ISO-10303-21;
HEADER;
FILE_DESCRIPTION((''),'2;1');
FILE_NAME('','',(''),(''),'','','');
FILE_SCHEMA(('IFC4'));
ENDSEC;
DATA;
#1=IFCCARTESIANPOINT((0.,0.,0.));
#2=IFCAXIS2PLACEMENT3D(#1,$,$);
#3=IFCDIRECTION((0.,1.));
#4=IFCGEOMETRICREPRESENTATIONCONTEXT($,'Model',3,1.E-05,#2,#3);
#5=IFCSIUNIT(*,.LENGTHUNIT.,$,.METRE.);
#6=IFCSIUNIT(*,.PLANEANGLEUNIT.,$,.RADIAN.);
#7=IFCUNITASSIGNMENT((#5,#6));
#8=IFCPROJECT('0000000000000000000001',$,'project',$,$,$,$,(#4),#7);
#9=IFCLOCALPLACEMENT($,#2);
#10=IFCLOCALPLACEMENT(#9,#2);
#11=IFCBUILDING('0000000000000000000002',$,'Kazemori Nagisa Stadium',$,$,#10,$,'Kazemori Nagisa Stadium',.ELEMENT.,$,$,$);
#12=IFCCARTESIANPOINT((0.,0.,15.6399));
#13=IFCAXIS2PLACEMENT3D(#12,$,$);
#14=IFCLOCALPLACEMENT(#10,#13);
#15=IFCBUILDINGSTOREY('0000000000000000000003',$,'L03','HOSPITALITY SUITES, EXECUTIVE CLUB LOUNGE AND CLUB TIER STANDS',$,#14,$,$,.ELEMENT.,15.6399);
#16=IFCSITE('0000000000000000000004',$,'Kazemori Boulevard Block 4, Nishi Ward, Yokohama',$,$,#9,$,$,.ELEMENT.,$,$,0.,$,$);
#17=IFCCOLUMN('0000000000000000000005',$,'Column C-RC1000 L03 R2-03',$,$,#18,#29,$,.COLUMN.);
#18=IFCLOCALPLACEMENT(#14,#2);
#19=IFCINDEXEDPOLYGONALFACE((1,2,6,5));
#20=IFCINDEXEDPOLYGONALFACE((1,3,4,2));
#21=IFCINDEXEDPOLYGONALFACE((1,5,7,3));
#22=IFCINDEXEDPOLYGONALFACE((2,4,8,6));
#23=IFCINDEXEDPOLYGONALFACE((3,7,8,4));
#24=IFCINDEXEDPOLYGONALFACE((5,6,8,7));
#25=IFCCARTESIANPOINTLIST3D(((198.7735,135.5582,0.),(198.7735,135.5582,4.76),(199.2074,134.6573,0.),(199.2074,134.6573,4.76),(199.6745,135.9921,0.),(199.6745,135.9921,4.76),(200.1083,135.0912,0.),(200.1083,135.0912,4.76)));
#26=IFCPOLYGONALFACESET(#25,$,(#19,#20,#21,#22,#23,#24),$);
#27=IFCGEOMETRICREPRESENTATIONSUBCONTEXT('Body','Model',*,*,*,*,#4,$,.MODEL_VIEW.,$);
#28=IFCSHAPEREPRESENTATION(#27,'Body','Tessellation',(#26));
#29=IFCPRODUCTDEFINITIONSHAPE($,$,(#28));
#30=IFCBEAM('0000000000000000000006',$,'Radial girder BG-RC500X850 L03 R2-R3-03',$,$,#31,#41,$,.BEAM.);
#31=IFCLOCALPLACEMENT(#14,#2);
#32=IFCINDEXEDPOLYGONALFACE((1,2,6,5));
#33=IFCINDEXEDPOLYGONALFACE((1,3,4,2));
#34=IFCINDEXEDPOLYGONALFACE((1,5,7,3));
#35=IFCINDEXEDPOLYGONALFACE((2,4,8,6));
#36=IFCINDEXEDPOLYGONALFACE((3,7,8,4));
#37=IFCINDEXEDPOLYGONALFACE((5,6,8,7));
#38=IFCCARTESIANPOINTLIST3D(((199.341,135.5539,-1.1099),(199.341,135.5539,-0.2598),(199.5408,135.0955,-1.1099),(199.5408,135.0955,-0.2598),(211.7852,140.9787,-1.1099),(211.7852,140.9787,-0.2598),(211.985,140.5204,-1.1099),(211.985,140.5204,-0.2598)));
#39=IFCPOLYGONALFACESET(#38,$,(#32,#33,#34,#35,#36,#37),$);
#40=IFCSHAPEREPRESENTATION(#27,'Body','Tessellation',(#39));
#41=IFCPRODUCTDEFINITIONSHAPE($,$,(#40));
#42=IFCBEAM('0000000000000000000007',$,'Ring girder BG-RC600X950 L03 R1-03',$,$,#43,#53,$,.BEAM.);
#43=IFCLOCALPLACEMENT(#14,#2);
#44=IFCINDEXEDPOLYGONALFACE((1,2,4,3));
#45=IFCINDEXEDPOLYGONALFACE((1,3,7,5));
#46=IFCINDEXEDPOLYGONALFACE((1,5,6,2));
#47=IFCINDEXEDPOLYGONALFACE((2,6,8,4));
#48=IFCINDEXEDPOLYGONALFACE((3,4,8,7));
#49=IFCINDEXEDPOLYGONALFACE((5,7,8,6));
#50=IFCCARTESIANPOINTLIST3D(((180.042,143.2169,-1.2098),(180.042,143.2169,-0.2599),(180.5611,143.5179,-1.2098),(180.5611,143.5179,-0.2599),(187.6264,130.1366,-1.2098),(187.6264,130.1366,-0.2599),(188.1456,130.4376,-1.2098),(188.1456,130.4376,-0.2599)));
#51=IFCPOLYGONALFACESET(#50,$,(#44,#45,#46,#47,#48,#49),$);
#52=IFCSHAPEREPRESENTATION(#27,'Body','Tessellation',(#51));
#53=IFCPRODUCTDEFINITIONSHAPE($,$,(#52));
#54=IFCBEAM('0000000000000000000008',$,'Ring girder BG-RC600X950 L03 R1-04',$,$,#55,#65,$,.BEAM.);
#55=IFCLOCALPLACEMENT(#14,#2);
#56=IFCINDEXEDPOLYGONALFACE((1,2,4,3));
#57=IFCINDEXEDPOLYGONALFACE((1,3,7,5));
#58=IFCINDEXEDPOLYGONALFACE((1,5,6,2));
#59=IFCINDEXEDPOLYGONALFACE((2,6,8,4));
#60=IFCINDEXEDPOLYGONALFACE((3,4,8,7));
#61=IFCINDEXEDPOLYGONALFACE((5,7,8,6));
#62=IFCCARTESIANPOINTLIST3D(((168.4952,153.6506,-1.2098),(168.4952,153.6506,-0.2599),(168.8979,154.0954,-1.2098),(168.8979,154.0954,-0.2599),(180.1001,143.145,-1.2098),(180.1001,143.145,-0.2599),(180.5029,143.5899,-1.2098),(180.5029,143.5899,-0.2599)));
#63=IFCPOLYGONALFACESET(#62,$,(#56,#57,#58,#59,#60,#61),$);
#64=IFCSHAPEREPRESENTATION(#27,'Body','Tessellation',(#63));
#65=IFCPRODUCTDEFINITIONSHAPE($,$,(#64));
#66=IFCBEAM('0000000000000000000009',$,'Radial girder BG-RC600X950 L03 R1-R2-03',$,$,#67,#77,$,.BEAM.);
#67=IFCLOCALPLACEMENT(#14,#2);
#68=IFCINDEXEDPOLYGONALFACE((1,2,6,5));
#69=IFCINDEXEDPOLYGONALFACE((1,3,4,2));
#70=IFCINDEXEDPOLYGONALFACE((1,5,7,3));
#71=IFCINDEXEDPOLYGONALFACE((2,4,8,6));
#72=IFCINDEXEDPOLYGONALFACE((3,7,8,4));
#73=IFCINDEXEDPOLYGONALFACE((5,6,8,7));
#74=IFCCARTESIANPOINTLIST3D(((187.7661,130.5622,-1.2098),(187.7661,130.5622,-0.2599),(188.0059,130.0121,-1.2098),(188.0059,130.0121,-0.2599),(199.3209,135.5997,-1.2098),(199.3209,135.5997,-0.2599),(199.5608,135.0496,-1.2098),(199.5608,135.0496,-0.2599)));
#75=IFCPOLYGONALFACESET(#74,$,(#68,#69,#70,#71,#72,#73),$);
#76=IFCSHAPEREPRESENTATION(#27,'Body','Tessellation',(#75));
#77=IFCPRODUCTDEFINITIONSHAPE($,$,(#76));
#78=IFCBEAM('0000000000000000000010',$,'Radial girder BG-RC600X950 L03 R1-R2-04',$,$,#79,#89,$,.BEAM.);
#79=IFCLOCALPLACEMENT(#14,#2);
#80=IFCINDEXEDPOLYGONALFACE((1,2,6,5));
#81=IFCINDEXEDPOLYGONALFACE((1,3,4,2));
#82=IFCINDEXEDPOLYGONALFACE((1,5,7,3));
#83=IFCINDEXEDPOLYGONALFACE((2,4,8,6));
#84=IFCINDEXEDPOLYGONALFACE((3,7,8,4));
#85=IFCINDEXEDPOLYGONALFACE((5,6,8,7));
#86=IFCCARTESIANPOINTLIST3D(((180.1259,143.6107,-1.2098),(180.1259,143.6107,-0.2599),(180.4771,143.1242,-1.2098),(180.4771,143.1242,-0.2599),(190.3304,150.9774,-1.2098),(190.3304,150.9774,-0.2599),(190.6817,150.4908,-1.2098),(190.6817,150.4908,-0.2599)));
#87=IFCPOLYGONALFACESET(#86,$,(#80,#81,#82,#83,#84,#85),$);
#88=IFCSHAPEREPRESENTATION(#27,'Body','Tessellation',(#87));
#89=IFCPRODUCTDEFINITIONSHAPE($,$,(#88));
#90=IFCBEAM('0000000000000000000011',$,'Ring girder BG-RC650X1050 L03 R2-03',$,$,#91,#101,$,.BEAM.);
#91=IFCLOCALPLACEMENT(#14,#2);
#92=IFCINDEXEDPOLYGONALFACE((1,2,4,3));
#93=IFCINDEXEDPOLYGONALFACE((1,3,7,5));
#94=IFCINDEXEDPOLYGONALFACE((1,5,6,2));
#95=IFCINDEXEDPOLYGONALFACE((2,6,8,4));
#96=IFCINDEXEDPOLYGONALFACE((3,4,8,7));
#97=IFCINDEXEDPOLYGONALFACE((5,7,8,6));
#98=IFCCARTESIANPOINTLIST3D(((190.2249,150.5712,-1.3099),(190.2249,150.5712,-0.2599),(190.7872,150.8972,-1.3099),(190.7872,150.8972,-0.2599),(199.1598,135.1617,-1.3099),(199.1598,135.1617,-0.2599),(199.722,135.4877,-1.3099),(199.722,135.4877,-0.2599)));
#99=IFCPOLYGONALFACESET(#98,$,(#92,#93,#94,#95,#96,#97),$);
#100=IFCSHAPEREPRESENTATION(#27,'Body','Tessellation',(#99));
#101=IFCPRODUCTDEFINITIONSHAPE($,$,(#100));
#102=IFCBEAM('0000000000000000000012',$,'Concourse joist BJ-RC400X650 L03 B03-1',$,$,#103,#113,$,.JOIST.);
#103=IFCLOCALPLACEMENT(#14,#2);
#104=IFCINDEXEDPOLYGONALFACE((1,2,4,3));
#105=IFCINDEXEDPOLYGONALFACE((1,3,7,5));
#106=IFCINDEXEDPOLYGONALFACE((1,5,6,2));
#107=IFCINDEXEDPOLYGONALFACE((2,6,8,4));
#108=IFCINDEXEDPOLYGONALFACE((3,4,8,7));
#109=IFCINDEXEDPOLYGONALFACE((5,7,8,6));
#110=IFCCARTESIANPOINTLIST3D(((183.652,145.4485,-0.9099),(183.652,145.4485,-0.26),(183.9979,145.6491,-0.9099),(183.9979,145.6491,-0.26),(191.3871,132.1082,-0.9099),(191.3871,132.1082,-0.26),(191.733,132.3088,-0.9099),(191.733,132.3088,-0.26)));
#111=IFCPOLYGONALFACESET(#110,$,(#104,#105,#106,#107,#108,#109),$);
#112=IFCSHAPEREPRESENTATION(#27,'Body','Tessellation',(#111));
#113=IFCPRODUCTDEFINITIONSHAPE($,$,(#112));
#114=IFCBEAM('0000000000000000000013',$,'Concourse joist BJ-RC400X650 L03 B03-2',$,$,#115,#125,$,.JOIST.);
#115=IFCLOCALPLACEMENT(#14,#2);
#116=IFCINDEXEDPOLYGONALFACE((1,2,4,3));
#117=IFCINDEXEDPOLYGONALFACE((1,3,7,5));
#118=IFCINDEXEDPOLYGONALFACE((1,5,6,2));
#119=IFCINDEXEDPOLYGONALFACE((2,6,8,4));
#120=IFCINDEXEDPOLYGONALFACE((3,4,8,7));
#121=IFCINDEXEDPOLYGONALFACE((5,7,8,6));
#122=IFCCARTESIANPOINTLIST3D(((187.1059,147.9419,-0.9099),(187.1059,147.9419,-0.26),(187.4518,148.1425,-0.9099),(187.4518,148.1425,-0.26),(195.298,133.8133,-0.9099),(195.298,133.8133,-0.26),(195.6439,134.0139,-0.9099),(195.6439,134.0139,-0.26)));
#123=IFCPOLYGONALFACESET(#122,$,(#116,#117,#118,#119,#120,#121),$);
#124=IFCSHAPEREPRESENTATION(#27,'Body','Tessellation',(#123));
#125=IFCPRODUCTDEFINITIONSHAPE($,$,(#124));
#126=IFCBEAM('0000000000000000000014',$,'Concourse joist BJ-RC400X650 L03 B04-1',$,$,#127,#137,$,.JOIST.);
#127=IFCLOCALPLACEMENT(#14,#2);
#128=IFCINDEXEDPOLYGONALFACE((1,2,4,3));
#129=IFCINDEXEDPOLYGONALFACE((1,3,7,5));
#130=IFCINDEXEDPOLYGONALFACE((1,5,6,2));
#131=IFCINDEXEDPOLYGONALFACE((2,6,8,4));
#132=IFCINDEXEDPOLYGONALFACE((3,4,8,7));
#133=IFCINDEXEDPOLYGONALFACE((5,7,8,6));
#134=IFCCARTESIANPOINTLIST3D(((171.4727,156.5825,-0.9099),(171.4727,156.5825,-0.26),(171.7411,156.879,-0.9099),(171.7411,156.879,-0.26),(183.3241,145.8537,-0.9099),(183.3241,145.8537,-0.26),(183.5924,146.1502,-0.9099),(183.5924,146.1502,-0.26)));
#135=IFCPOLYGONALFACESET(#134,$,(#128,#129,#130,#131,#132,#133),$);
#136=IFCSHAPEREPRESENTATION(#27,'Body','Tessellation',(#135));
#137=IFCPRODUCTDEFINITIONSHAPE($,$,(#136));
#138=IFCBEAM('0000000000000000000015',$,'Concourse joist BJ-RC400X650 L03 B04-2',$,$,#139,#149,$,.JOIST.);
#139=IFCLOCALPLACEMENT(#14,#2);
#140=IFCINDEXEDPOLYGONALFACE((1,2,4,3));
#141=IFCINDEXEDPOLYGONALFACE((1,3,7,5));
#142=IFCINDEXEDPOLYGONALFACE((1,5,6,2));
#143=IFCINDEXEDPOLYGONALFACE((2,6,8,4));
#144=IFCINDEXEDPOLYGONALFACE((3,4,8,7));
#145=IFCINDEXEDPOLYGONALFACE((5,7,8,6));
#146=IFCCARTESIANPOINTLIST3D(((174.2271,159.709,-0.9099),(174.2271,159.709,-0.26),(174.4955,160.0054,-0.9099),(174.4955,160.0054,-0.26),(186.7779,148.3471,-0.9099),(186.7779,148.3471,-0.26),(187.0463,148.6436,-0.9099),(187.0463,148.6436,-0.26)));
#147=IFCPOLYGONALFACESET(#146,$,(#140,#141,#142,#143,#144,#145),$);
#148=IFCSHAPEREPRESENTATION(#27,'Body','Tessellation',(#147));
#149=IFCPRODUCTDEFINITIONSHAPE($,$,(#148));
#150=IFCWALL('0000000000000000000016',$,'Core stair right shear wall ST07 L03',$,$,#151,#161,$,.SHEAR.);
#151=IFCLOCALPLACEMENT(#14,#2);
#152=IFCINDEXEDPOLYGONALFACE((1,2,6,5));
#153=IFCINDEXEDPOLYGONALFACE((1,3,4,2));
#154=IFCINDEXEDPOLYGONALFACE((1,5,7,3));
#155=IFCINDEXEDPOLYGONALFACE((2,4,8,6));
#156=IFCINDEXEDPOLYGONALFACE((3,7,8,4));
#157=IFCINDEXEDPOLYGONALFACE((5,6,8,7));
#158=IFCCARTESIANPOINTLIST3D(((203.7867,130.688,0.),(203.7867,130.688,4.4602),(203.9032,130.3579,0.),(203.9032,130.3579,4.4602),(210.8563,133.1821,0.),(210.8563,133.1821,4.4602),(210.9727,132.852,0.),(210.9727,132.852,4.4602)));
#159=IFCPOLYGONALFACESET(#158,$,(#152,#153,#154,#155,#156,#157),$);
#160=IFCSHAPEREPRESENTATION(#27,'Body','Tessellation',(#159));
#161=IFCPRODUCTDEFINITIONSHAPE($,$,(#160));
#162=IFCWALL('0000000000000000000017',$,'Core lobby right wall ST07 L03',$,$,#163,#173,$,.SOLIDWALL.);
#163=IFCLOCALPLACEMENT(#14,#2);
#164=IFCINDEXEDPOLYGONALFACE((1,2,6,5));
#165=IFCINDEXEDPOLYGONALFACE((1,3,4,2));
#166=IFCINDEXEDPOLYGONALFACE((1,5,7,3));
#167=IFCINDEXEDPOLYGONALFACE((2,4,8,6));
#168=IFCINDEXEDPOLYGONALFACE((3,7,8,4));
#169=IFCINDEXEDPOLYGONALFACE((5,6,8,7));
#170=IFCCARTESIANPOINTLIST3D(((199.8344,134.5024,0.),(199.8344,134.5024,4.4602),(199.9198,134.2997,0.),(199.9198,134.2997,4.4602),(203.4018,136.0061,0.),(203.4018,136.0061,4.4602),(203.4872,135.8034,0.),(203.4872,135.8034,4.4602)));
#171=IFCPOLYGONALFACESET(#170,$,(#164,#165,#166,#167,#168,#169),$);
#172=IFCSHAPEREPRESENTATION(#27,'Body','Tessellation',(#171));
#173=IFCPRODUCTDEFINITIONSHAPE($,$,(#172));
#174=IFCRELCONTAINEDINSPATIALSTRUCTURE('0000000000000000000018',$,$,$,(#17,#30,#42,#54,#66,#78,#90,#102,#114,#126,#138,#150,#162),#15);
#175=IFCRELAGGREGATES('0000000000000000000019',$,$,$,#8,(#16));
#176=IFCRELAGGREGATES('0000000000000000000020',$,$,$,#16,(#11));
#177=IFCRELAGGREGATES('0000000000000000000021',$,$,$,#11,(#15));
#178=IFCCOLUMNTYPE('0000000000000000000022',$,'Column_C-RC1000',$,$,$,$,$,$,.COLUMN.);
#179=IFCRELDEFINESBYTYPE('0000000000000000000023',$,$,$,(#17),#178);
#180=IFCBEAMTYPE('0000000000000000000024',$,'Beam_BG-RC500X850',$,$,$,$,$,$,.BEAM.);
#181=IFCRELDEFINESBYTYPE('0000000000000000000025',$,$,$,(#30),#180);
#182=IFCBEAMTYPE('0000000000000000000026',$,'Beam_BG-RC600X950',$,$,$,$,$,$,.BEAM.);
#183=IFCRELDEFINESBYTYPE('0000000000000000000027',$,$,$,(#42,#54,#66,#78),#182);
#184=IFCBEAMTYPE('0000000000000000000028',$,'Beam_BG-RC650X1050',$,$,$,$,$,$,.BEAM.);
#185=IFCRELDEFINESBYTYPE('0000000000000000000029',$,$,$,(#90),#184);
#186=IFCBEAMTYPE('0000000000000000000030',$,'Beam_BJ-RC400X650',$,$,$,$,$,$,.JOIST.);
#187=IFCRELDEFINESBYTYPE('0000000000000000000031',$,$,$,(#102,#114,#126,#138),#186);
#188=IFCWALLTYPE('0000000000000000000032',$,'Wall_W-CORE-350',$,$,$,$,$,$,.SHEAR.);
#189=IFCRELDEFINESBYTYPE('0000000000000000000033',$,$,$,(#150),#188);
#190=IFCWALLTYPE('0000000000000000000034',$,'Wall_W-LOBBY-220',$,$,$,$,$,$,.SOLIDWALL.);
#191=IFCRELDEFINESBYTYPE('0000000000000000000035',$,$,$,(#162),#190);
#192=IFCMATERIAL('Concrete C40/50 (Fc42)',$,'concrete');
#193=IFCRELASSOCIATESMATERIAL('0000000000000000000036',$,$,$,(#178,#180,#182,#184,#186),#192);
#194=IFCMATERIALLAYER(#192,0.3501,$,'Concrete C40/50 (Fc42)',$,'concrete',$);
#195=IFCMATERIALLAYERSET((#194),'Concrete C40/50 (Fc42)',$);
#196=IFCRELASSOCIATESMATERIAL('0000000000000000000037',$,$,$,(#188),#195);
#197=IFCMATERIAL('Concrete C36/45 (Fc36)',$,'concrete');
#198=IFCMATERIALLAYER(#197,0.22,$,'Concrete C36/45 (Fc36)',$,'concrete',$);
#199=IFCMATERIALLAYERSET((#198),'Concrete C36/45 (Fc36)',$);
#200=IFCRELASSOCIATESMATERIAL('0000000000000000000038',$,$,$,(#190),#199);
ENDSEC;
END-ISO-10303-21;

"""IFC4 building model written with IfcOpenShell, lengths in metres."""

from ifc_helpers import new_model, si_unit, direction, frame, frame_2d, origin, origin_2d, place, context, subcontext, project, spatial, rectangle, extrude, material, layer, layer_set, material_profile, profile_set, type_object, element, save


model = new_model("IFC4")

# Units and contexts
model_context = context("Model", 3, precision=1e-05, world=origin(), true_north=direction((0.0, 1.0)))
body_context = subcontext(model_context, "Body", "Model", "MODEL_VIEW")
ifc_project = project(units=[si_unit("LENGTHUNIT", "METRE"), si_unit("PLANEANGLEUNIT", "RADIAN")], contexts=[model_context])

# Site, building, storey
site_placement = place(None, origin())
site = spatial("IfcSite", under=ifc_project, at=site_placement, Name="Kazemori Boulevard Block 4, Nishi Ward, Yokohama", CompositionType="ELEMENT", RefElevation=0.0)
building_placement = place(site_placement, origin())
building = spatial("IfcBuilding", under=site, at=building_placement, Name="Kazemori Nagisa Stadium", LongName="Kazemori Nagisa Stadium", CompositionType="ELEMENT")
storey_placement = place(building_placement, frame((0.0, 0.0, 15.6399)))
storey = spatial("IfcBuildingStorey", under=building, at=storey_placement, Name="L03", Description="HOSPITALITY SUITES, EXECUTIVE CLUB LOUNGE AND CLUB TIER STANDS", CompositionType="ELEMENT", Elevation=15.6399)

# Column
ifc_material_1 = material(Name="Concrete C40/50 (Fc42)", Category="concrete")
ifc_material_profile_1 = material_profile(ifc_material_1, rectangle(XDim=1.0, YDim=1.0, at=origin_2d()), Name="RC-COL-1000x1000")
ifc_profile_set_1 = profile_set([ifc_material_profile_1], Name="Concrete C40/50 (Fc42)")
column_type_1 = type_object("IfcColumnType", Name="Column_C-RC1000", PredefinedType="COLUMN", material=ifc_profile_set_1)
column_1_placement = place(storey_placement, frame((199.4409, 135.3247, 0.0), z_axis=(0.0, 0.0, 1.0), x_axis=(0.900969, 0.433884, 0.0)))
element("IfcColumn", 1, at=column_1_placement, inside=storey, type_object=column_type_1, Name="Column C-RC1000 L03 R2-03", PredefinedType="COLUMN", context=body_context, shape_type="SweptSolid", body=[
    extrude(rectangle(XDim=1.0, YDim=1.0, at=origin_2d()), origin(), (0.0, 0.0, 1.0), 4.76),
])

# Beams
ifc_material_profile_2 = material_profile(ifc_material_1, rectangle(XDim=0.5, YDim=0.8501, at=origin_2d()), Name="RC-BM-500x850")
ifc_profile_set_2 = profile_set([ifc_material_profile_2], Name="Concrete C40/50 (Fc42)")
beam_type_1 = type_object("IfcBeamType", Name="Beam_BG-RC500X850", PredefinedType="BEAM", material=ifc_profile_set_2)
beam_1_placement = place(storey_placement, frame((199.4409, 135.3247, -0.6848), z_axis=(0.916684, 0.399614, 0.0), x_axis=(-0.399614, 0.916684, 0.0)))
element("IfcBeam", 2, at=beam_1_placement, inside=storey, type_object=beam_type_1, Name="Radial girder BG-RC500X850 L03 R2-R3-03", PredefinedType="BEAM", context=body_context, shape_type="SweptSolid", body=[
    extrude(rectangle(XDim=0.5, YDim=0.8501, at=origin_2d()), origin(), (0.0, 0.0, 1.0), 13.5752),
])
ifc_material_profile_3 = material_profile(ifc_material_1, rectangle(XDim=0.6001, YDim=0.95, at=origin_2d()), Name="RC-BM-600x950")
ifc_profile_set_3 = profile_set([ifc_material_profile_3], Name="Concrete C40/50 (Fc42)")
beam_type_2 = type_object("IfcBeamType", Name="Beam_BG-RC600X950", PredefinedType="BEAM", material=ifc_profile_set_3)
beam_2_placement = place(storey_placement, frame((187.886, 130.2871, -0.7349), z_axis=(-0.501613, 0.865092, 0.0), x_axis=(-0.865092, -0.501613, 0.0)))
element("IfcBeam", 3, at=beam_2_placement, inside=storey, type_object=beam_type_2, Name="Ring girder BG-RC600X950 L03 R1-03", PredefinedType="BEAM", context=body_context, shape_type="SweptSolid", body=[
    extrude(rectangle(XDim=0.6001, YDim=0.95, at=origin_2d()), origin(), (0.0, 0.0, 1.0), 15.1201),
])
beam_3_placement = place(storey_placement, frame((180.3015, 143.3674, -0.7349), z_axis=(-0.741349, 0.67112, 0.0), x_axis=(-0.67112, -0.741349, 0.0)))
element("IfcBeam", 4, at=beam_3_placement, inside=storey, type_object=beam_type_2, Name="Ring girder BG-RC600X950 L03 R1-04", PredefinedType="BEAM", context=body_context, shape_type="SweptSolid", body=[
    extrude(rectangle(XDim=0.6001, YDim=0.95, at=origin_2d()), origin(), (0.0, 0.0, 1.0), 15.6538),
])
beam_4_placement = place(storey_placement, frame((187.886, 130.2871, -0.7349), z_axis=(0.916672, 0.399641, 0.0), x_axis=(-0.399641, 0.916672, 0.0)))
element("IfcBeam", 5, at=beam_4_placement, inside=storey, type_object=beam_type_2, Name="Radial girder BG-RC600X950 L03 R1-R2-03", PredefinedType="BEAM", context=body_context, shape_type="SweptSolid", body=[
    extrude(rectangle(XDim=0.6001, YDim=0.95, at=origin_2d()), origin(), (0.0, 0.0, 1.0), 12.6052),
])
beam_5_placement = place(storey_placement, frame((180.3015, 143.3674, -0.7349), z_axis=(0.810803, 0.585319, 0.0), x_axis=(-0.585319, 0.810803, 0.0)))
element("IfcBeam", 6, at=beam_5_placement, inside=storey, type_object=beam_type_2, Name="Radial girder BG-RC600X950 L03 R1-R2-04", PredefinedType="BEAM", context=body_context, shape_type="SweptSolid", body=[
    extrude(rectangle(XDim=0.6001, YDim=0.95, at=origin_2d()), origin(), (0.0, 0.0, 1.0), 12.5857),
])
ifc_material_profile_4 = material_profile(ifc_material_1, rectangle(XDim=0.6499, YDim=1.05, at=origin_2d()), Name="RC-BM-650x1050")
ifc_profile_set_4 = profile_set([ifc_material_profile_4], Name="Concrete C40/50 (Fc42)")
beam_type_3 = type_object("IfcBeamType", Name="Beam_BG-RC650X1050", PredefinedType="BEAM", material=ifc_profile_set_4)
beam_6_placement = place(storey_placement, frame((199.4409, 135.3247, -0.7849), z_axis=(-0.501607, 0.865096, 0.0), x_axis=(-0.865096, -0.501607, 0.0)))
element("IfcBeam", 7, at=beam_6_placement, inside=storey, type_object=beam_type_3, Name="Ring girder BG-RC650X1050 L03 R2-03", PredefinedType="BEAM", context=body_context, shape_type="SweptSolid", body=[
    extrude(rectangle(XDim=0.6499, YDim=1.05, at=origin_2d()), origin(), (0.0, 0.0, 1.0), 17.8125),
])
ifc_material_profile_5 = material_profile(ifc_material_1, rectangle(XDim=0.3999, YDim=0.6499, at=origin_2d()), Name="RC-BM-400x650")
ifc_profile_set_5 = profile_set([ifc_material_profile_5], Name="Concrete C40/50 (Fc42)")
beam_type_4 = type_object("IfcBeamType", Name="Beam_BJ-RC400X650", PredefinedType="JOIST", material=ifc_profile_set_5)
beam_7_placement = place(storey_placement, frame((191.5601, 132.2085, -0.585), z_axis=(-0.501607, 0.865095, 0.0), x_axis=(-0.865095, -0.501607, 0.0)))
element("IfcBeam", 8, at=beam_7_placement, inside=storey, type_object=beam_type_4, Name="Concourse joist BJ-RC400X650 L03 B03-1", PredefinedType="JOIST", context=body_context, shape_type="SweptSolid", body=[
    extrude(rectangle(XDim=0.3999, YDim=0.6499, at=origin_2d()), origin(), (0.0, 0.0, 1.0), 15.4207),
])
beam_8_placement = place(storey_placement, frame((195.4709, 133.9136, -0.585), z_axis=(-0.501604, 0.865097, 0.0), x_axis=(-0.865097, -0.501604, 0.0)))
element("IfcBeam", 9, at=beam_8_placement, inside=storey, type_object=beam_type_4, Name="Concourse joist BJ-RC400X650 L03 B03-2", PredefinedType="JOIST", context=body_context, shape_type="SweptSolid", body=[
    extrude(rectangle(XDim=0.3999, YDim=0.6499, at=origin_2d()), origin(), (0.0, 0.0, 1.0), 16.3318),
])
beam_9_placement = place(storey_placement, frame((183.4583, 146.002, -0.585), z_axis=(-0.741345, 0.671124, 0.0), x_axis=(-0.671124, -0.741345, 0.0)))
element("IfcBeam", 10, at=beam_9_placement, inside=storey, type_object=beam_type_4, Name="Concourse joist BJ-RC400X650 L03 B04-1", PredefinedType="JOIST", context=body_context, shape_type="SweptSolid", body=[
    extrude(rectangle(XDim=0.3999, YDim=0.6499, at=origin_2d()), origin(), (0.0, 0.0, 1.0), 15.9863),
])
beam_10_placement = place(storey_placement, frame((186.9121, 148.4954, -0.585), z_axis=(-0.741349, 0.671119, 0.0), x_axis=(-0.671119, -0.741349, 0.0)))
element("IfcBeam", 11, at=beam_10_placement, inside=storey, type_object=beam_type_4, Name="Concourse joist BJ-RC400X650 L03 B04-2", PredefinedType="JOIST", context=body_context, shape_type="SweptSolid", body=[
    extrude(rectangle(XDim=0.3999, YDim=0.6499, at=origin_2d()), origin(), (0.0, 0.0, 1.0), 16.9297),
])

# Walls
ifc_layer_1 = layer(ifc_material_1, 0.3501, Name="Concrete C40/50 (Fc42)", Category="concrete")
ifc_layer_set_1 = layer_set([ifc_layer_1], Name="Concrete C40/50 (Fc42)")
wall_type_1 = type_object("IfcWallType", Name="Wall_W-CORE-350", PredefinedType="SHEAR", material=ifc_layer_set_1)
wall_1_placement = place(storey_placement, frame((203.845, 130.5229, 0.0), z_axis=(0.0, 0.0, 1.0), x_axis=(0.943032, 0.332701, 0.0)))
element("IfcWall", 12, at=wall_1_placement, inside=storey, type_object=wall_type_1, Name="Core stair right shear wall ST07 L03", PredefinedType="SHEAR", context=body_context, shape_type="SweptSolid", body=[
    extrude(rectangle(XDim=7.4966, YDim=0.3501, at=frame_2d((3.7483, 0.0))), origin(), (0.0, 0.0, 1.0), 4.4602),
])
ifc_material_2 = material(Name="Concrete C36/45 (Fc36)", Category="concrete")
ifc_layer_2 = layer(ifc_material_2, 0.22, Name="Concrete C36/45 (Fc36)", Category="concrete")
ifc_layer_set_2 = layer_set([ifc_layer_2], Name="Concrete C36/45 (Fc36)")
wall_type_2 = type_object("IfcWallType", Name="Wall_W-LOBBY-220", PredefinedType="SOLIDWALL", material=ifc_layer_set_2)
wall_2_placement = place(storey_placement, frame((199.8772, 134.4011, 0.0), z_axis=(0.0, 0.0, 1.0), x_axis=(0.921487, 0.388409, 0.0)))
element("IfcWall", 13, at=wall_2_placement, inside=storey, type_object=wall_type_2, Name="Core lobby right wall ST07 L03", PredefinedType="SOLIDWALL", context=body_context, shape_type="SweptSolid", body=[
    extrude(rectangle(XDim=3.8713, YDim=0.22, at=frame_2d((1.9355, 0.0))), origin(), (0.0, 0.0, 1.0), 4.4602),
])

save(model, "model.ifc")
